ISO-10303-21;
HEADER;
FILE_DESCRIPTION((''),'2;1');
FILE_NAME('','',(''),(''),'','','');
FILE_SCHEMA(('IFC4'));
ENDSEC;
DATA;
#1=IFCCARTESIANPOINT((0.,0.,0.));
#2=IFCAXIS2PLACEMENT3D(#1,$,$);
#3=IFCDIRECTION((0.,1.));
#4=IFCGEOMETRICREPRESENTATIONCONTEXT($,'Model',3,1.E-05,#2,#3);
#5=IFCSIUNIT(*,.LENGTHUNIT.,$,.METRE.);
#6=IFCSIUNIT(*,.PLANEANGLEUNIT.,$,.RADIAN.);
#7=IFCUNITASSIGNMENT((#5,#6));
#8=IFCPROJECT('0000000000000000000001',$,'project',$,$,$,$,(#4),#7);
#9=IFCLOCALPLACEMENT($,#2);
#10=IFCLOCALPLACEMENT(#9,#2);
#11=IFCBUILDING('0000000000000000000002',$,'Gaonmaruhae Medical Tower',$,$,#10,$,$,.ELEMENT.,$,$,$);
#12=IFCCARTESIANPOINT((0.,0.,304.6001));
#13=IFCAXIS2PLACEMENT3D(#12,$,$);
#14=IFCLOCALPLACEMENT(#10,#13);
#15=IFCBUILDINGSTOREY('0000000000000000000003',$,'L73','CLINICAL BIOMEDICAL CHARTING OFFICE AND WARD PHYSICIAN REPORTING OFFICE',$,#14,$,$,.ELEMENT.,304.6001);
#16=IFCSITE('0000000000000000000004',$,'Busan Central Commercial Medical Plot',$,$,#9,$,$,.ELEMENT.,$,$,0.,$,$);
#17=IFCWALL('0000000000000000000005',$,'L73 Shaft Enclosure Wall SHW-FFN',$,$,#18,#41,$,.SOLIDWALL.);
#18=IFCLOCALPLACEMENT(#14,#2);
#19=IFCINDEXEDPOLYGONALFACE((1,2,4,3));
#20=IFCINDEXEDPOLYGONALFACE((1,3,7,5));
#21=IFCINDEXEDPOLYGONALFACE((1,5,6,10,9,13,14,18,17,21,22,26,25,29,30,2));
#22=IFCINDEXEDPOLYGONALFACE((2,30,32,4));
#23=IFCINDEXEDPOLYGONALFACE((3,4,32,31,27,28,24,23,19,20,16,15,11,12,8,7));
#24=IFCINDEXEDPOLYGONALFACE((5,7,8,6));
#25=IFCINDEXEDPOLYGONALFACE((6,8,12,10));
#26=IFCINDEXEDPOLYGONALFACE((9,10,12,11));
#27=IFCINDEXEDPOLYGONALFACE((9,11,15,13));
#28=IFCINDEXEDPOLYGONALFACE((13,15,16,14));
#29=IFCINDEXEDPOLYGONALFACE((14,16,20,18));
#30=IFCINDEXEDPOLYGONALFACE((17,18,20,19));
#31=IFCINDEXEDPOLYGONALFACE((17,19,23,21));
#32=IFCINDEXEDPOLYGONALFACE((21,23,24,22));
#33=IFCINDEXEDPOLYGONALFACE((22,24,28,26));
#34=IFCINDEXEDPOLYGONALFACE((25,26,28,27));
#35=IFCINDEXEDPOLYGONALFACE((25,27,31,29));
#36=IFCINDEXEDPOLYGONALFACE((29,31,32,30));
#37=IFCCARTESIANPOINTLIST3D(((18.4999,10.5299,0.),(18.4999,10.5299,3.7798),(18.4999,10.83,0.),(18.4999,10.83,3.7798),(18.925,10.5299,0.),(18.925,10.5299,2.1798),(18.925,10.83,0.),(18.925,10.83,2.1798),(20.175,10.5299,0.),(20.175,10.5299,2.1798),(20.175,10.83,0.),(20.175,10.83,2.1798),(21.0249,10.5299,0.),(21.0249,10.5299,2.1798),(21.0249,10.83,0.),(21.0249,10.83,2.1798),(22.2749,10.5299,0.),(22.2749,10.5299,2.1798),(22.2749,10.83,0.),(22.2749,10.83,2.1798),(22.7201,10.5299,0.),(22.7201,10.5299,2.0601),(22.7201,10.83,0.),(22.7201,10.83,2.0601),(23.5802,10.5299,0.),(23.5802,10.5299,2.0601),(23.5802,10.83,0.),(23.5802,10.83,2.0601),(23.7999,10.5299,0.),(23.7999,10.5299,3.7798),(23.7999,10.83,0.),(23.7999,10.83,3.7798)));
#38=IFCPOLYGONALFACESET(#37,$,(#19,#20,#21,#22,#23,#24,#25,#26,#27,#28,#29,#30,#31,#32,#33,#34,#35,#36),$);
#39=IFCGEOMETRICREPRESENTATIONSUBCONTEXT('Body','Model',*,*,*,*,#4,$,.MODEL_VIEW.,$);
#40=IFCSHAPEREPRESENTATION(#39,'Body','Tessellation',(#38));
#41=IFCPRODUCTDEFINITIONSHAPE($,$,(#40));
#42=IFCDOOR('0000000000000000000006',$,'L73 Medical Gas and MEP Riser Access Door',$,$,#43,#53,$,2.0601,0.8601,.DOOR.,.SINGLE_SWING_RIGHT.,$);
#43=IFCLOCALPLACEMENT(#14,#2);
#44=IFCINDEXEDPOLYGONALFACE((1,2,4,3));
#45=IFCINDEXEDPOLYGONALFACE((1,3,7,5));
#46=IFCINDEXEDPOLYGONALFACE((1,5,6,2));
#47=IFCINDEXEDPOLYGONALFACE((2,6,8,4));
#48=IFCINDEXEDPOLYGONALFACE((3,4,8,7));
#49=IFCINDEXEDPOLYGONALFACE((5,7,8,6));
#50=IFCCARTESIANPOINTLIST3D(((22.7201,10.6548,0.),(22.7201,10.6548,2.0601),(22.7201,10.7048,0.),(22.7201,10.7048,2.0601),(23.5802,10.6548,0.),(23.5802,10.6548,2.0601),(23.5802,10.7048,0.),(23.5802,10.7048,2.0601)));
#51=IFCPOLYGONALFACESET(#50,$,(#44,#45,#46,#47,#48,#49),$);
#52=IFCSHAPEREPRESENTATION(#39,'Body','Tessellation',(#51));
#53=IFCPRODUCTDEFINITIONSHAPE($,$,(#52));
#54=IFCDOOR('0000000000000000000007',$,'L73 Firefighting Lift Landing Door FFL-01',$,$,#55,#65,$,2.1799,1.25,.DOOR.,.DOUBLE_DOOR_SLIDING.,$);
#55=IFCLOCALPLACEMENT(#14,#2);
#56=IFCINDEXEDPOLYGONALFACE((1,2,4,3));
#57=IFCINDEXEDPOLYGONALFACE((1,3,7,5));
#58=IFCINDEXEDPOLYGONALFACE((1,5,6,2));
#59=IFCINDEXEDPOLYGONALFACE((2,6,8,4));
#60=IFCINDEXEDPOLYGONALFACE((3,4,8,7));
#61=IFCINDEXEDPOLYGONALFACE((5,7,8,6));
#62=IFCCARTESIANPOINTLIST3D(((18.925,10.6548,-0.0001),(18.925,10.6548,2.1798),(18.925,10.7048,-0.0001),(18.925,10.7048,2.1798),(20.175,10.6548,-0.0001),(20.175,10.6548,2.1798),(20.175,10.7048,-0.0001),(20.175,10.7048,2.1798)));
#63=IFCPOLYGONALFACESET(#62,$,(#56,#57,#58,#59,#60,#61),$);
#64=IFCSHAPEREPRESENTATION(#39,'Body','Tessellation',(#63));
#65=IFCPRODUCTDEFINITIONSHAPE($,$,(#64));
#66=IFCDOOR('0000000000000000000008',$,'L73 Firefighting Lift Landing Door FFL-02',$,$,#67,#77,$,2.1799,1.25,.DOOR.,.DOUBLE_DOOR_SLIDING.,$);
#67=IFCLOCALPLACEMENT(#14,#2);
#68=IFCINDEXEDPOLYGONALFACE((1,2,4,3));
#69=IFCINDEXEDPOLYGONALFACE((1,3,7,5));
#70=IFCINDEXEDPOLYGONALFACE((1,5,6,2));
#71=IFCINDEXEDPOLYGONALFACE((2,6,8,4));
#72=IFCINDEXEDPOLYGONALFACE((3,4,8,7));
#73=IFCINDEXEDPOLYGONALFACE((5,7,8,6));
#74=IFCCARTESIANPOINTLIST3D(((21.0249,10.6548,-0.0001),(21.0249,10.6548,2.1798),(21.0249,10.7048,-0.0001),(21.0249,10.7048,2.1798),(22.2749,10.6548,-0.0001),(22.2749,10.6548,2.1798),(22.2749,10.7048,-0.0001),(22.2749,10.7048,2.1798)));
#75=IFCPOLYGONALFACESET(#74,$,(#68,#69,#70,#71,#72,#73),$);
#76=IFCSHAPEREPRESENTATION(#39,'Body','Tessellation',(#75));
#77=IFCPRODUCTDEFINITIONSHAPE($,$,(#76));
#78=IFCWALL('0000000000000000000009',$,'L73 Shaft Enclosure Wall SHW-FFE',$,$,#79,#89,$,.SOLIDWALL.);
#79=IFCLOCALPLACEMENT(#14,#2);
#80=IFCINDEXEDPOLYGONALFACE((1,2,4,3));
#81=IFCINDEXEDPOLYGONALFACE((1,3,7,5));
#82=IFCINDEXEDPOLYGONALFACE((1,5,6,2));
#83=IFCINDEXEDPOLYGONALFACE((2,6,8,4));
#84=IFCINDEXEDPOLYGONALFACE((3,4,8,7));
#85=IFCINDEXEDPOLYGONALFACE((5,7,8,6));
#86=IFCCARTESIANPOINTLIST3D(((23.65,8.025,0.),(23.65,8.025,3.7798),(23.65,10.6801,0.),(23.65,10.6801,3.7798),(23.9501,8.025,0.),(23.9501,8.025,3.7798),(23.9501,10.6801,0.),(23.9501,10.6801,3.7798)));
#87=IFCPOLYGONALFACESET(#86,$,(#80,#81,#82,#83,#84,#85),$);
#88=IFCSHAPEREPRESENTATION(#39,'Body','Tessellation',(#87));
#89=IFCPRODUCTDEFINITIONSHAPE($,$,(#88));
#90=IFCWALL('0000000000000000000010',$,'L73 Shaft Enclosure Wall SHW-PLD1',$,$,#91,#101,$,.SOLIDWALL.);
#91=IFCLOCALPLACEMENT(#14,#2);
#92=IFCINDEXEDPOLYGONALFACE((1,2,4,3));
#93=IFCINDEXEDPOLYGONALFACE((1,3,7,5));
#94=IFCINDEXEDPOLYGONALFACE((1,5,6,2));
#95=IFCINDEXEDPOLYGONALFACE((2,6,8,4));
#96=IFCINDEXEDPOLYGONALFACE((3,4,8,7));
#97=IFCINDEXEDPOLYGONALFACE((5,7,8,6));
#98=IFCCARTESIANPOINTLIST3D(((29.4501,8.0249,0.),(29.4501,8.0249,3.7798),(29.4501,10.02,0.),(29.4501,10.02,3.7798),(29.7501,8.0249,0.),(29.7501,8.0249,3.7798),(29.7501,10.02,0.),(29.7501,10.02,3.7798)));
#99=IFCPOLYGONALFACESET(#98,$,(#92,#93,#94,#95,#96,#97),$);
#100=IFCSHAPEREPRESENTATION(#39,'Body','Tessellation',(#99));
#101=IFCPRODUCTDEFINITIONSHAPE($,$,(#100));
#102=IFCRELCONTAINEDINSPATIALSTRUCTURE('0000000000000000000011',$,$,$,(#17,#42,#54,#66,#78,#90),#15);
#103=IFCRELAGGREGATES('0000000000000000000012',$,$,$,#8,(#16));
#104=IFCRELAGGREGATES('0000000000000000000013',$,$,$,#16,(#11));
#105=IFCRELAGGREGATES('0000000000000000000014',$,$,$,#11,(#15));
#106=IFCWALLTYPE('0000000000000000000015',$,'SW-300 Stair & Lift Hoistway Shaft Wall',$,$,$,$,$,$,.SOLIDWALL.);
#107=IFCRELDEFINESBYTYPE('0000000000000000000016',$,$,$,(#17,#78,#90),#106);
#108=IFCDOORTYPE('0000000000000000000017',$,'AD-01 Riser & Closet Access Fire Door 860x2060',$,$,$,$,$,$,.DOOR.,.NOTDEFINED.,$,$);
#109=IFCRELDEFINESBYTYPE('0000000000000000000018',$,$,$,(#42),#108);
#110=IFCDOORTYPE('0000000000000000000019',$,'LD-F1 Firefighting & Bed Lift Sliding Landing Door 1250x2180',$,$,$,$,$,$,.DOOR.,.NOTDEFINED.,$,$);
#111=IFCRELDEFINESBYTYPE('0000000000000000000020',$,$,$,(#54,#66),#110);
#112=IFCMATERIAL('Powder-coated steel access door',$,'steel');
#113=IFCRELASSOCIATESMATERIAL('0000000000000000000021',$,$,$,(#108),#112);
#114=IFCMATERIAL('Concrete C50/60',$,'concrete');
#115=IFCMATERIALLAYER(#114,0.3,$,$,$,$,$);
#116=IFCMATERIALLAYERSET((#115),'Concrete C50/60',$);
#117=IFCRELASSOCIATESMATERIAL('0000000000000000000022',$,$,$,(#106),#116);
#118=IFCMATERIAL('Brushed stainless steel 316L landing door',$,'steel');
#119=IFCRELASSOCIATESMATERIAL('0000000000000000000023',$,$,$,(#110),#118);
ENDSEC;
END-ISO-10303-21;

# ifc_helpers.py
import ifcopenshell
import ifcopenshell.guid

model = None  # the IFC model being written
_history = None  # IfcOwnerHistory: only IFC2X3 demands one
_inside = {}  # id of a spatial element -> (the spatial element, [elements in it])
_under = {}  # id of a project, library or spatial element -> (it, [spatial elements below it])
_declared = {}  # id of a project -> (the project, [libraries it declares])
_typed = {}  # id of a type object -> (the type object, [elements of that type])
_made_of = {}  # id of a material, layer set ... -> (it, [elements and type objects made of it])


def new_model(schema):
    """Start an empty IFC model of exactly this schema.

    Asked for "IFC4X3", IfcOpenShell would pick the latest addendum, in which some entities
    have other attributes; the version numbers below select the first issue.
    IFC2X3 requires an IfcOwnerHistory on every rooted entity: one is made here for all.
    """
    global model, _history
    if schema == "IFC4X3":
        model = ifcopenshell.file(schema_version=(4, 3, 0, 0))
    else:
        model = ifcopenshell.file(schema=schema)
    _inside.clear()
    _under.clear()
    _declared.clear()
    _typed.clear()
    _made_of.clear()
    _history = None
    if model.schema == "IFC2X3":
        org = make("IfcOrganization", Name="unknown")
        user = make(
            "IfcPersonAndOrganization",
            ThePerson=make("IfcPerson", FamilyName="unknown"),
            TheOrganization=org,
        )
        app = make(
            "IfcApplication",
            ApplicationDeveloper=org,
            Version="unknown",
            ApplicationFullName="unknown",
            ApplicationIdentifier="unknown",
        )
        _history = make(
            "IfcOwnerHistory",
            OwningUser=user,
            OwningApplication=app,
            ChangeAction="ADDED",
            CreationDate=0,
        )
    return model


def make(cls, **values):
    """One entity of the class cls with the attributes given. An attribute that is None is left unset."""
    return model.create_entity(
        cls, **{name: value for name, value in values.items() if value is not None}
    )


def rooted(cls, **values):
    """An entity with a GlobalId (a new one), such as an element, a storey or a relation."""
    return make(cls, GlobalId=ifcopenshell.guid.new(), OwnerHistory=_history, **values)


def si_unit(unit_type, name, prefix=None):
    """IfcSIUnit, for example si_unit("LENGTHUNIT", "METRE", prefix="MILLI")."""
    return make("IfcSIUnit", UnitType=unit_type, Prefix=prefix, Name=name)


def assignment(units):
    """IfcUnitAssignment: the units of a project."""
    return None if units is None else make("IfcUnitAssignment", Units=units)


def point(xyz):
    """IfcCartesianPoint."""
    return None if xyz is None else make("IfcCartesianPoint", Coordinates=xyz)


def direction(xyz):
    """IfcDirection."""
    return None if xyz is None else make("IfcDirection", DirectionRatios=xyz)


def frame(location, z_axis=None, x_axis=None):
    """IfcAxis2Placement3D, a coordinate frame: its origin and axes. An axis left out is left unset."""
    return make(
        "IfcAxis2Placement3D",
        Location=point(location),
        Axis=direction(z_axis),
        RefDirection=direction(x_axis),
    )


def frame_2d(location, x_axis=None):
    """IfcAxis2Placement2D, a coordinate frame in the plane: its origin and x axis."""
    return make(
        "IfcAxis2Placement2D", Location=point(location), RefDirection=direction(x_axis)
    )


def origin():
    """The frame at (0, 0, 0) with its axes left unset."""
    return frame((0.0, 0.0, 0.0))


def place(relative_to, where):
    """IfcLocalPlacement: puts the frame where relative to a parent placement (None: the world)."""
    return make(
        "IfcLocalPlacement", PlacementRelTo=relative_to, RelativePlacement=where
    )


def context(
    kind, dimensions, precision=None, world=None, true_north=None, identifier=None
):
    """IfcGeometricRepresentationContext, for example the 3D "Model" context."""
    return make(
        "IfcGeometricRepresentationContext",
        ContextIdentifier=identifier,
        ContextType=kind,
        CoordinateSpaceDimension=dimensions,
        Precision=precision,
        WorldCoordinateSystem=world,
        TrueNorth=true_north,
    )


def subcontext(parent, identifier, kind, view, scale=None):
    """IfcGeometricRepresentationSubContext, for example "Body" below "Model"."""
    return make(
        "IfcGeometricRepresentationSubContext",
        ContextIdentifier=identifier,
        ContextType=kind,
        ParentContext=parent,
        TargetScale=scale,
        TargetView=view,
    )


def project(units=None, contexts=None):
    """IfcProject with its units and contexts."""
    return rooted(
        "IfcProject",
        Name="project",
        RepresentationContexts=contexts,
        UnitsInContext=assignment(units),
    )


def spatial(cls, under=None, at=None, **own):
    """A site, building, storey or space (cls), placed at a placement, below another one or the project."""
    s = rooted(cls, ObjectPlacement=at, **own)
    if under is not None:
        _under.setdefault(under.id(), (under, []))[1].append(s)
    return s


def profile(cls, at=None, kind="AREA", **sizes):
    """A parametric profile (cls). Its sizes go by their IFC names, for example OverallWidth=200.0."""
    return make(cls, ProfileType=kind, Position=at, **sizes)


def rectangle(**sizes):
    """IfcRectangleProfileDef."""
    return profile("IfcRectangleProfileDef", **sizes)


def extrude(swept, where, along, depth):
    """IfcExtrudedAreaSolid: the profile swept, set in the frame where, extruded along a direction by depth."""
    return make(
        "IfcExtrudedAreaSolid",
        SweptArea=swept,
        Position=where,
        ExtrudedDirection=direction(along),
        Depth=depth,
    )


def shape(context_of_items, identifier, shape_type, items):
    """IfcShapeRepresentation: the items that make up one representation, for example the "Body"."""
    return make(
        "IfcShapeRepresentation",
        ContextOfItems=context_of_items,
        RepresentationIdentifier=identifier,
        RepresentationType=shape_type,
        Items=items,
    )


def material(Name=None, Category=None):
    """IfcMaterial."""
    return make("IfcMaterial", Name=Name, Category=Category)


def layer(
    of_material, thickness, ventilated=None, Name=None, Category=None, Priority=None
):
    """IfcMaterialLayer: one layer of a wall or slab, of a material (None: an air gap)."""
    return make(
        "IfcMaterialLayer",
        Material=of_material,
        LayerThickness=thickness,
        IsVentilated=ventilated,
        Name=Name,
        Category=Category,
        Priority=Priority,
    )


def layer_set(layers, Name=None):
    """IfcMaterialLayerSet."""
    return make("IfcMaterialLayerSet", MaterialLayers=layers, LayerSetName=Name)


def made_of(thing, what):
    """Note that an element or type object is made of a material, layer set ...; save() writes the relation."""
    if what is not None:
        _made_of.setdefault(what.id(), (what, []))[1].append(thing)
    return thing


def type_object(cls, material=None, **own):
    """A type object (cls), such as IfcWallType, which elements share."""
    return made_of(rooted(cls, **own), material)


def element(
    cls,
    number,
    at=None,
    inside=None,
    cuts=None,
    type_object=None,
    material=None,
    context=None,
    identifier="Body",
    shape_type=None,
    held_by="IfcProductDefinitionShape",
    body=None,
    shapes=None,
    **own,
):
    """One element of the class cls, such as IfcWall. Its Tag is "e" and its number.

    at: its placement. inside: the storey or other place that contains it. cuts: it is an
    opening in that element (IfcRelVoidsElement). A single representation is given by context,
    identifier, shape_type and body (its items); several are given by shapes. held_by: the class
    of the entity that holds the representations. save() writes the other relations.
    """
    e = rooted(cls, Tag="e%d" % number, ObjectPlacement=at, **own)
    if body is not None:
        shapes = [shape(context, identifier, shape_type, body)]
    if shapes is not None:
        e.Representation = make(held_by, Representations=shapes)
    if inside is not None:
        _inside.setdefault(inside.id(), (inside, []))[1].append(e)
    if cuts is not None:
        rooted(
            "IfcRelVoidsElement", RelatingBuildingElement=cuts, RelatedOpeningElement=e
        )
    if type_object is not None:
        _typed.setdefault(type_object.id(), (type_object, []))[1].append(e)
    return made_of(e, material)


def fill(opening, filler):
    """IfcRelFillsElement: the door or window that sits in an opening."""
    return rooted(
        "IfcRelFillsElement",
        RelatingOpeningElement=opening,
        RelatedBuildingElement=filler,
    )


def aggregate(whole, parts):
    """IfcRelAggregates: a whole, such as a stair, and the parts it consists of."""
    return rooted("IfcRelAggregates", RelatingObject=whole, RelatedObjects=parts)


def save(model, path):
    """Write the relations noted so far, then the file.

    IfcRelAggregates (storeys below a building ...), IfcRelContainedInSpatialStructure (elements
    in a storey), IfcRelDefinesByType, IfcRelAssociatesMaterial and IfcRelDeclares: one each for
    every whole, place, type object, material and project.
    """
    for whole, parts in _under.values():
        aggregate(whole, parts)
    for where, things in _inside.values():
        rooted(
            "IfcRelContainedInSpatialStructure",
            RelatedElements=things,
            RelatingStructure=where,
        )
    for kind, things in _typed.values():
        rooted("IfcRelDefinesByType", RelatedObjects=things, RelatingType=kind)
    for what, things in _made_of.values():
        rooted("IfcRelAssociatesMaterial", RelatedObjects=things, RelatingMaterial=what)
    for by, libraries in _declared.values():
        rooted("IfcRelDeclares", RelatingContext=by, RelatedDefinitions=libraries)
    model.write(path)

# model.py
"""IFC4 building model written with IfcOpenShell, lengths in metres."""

from ifc_helpers import new_model, si_unit, direction, frame, frame_2d, origin, place, context, subcontext, project, spatial, rectangle, extrude, material, layer, layer_set, type_object, element, fill, save


model = new_model("IFC4")

# Units and contexts
model_context = context("Model", 3, precision=1e-05, world=origin(), true_north=direction((0.0, 1.0)))
body_context = subcontext(model_context, "Body", "Model", "MODEL_VIEW")
ifc_project = project(units=[si_unit("LENGTHUNIT", "METRE"), si_unit("PLANEANGLEUNIT", "RADIAN")], contexts=[model_context])

# Site, building, storey
site_placement = place(None, origin())
site = spatial("IfcSite", under=ifc_project, at=site_placement, Name="Busan Central Commercial Medical Plot", CompositionType="ELEMENT", RefElevation=0.0)
building_placement = place(site_placement, origin())
building = spatial("IfcBuilding", under=site, at=building_placement, Name="Gaonmaruhae Medical Tower", CompositionType="ELEMENT")
storey_placement = place(building_placement, frame((0.0, 0.0, 304.6001)))
storey = spatial("IfcBuildingStorey", under=building, at=storey_placement, Name="L73", Description="CLINICAL BIOMEDICAL CHARTING OFFICE AND WARD PHYSICIAN REPORTING OFFICE", CompositionType="ELEMENT", Elevation=304.6001)

# Shared definitions
ifc_material_1 = material(Name="Concrete C50/60", Category="concrete")

# Shared definitions
ifc_material_2 = material(Name="Powder-coated steel access door", Category="steel")
door_type_1 = type_object("IfcDoorType", Name="AD-01 Riser & Closet Access Fire Door 860x2060", OperationType="NOTDEFINED", PredefinedType="DOOR", material=ifc_material_2)

# Wall, openings, doors
ifc_layer_1 = layer(ifc_material_1, 0.3)
ifc_layer_set_1 = layer_set([ifc_layer_1], Name="Concrete C50/60")
wall_type_1 = type_object("IfcWallType", Name="SW-300 Stair & Lift Hoistway Shaft Wall", PredefinedType="SOLIDWALL", material=ifc_layer_set_1)
wall_1_placement = place(storey_placement, frame((18.5, 10.6799, 0.0), z_axis=(0.0, 0.0, 1.0), x_axis=(1.0, 0.0, 0.0)))
wall_1 = element("IfcWall", 1, at=wall_1_placement, inside=storey, type_object=wall_type_1, Name="L73 Shaft Enclosure Wall SHW-FFN", PredefinedType="SOLIDWALL", context=body_context, shape_type="SweptSolid", body=[
    extrude(rectangle(XDim=5.3, YDim=0.3, at=frame_2d((2.6499, 0.0))), origin(), (0.0, 0.0, 1.0), 3.7798),
])
opening_1_placement = place(wall_1_placement, frame((4.22, 0.0, 0.0)))
opening_1 = element("IfcOpeningElement", 2, at=opening_1_placement, cuts=wall_1, PredefinedType="OPENING", context=body_context, shape_type="SweptSolid", body=[
    extrude(rectangle(XDim=0.8601, YDim=2.0601, at=frame_2d((0.4302, 1.03))), frame((0.0, 0.1602, 0.0), z_axis=(0.0, -1.0, 0.0), x_axis=(1.0, 0.0, 0.0)), (0.0, 0.0, 1.0), 0.3201),
])
opening_2_placement = place(wall_1_placement, frame((0.425, 0.0, 0.0)))
opening_2 = element("IfcOpeningElement", 3, at=opening_2_placement, cuts=wall_1, PredefinedType="OPENING", context=body_context, shape_type="SweptSolid", body=[
    extrude(rectangle(XDim=1.25, YDim=2.1799, at=frame_2d((0.625, 1.0898))), frame((0.0, 0.1602, 0.0), z_axis=(0.0, -1.0, 0.0), x_axis=(1.0, 0.0, 0.0)), (0.0, 0.0, 1.0), 0.3201),
])
opening_3_placement = place(wall_1_placement, frame((2.5249, 0.0, 0.0)))
opening_3 = element("IfcOpeningElement", 4, at=opening_3_placement, cuts=wall_1, PredefinedType="OPENING", context=body_context, shape_type="SweptSolid", body=[
    extrude(rectangle(XDim=1.25, YDim=2.1799, at=frame_2d((0.625, 1.0898))), frame((0.0, 0.1602, 0.0), z_axis=(0.0, -1.0, 0.0), x_axis=(1.0, 0.0, 0.0)), (0.0, 0.0, 1.0), 0.3201),
])
door_1_placement = place(opening_1_placement, origin())
door_1 = element("IfcDoor", 5, at=door_1_placement, inside=storey, type_object=door_type_1, Name="L73 Medical Gas and MEP Riser Access Door", OperationType="SINGLE_SWING_RIGHT", OverallHeight=2.0601, OverallWidth=0.8601, PredefinedType="DOOR", context=body_context, shape_type="SweptSolid", body=[
    extrude(rectangle(XDim=0.8601, YDim=2.0601, at=frame_2d((0.4302, 1.03))), frame((0.0, 0.0249, 0.0), z_axis=(0.0, -1.0, 0.0), x_axis=(1.0, 0.0, 0.0)), (0.0, 0.0, 1.0), 0.05),
])
fill(opening_1, door_1)
ifc_material_3 = material(Name="Brushed stainless steel 316L landing door", Category="steel")
door_type_2 = type_object("IfcDoorType", Name="LD-F1 Firefighting & Bed Lift Sliding Landing Door 1250x2180", OperationType="NOTDEFINED", PredefinedType="DOOR", material=ifc_material_3)
door_2_placement = place(opening_2_placement, origin())
door_2 = element("IfcDoor", 6, at=door_2_placement, inside=storey, type_object=door_type_2, Name="L73 Firefighting Lift Landing Door FFL-01", OperationType="DOUBLE_DOOR_SLIDING", OverallHeight=2.1799, OverallWidth=1.25, PredefinedType="DOOR", context=body_context, shape_type="SweptSolid", body=[
    extrude(rectangle(XDim=1.25, YDim=2.1799, at=frame_2d((0.625, 1.0898))), frame((0.0, 0.0249, 0.0), z_axis=(0.0, -1.0, 0.0), x_axis=(1.0, 0.0, 0.0)), (0.0, 0.0, 1.0), 0.05),
])
fill(opening_2, door_2)
door_3_placement = place(opening_3_placement, origin())
door_3 = element("IfcDoor", 7, at=door_3_placement, inside=storey, type_object=door_type_2, Name="L73 Firefighting Lift Landing Door FFL-02", OperationType="DOUBLE_DOOR_SLIDING", OverallHeight=2.1799, OverallWidth=1.25, PredefinedType="DOOR", context=body_context, shape_type="SweptSolid", body=[
    extrude(rectangle(XDim=1.25, YDim=2.1799, at=frame_2d((0.625, 1.0898))), frame((0.0, 0.0249, 0.0), z_axis=(0.0, -1.0, 0.0), x_axis=(1.0, 0.0, 0.0)), (0.0, 0.0, 1.0), 0.05),
])
fill(opening_3, door_3)

# Wall
wall_2_placement = place(storey_placement, frame((23.8, 8.0249, 0.0), z_axis=(0.0, 0.0, 1.0), x_axis=(0.0, 1.0, 0.0)))
element("IfcWall", 8, at=wall_2_placement, inside=storey, type_object=wall_type_1, Name="L73 Shaft Enclosure Wall SHW-FFE", PredefinedType="SOLIDWALL", context=body_context, shape_type="SweptSolid", body=[
    extrude(rectangle(XDim=2.655, YDim=0.3, at=frame_2d((1.3276, 0.0))), origin(), (0.0, 0.0, 1.0), 3.7798),
])

# Wall
wall_3_placement = place(storey_placement, frame((29.6001, 8.0249, 0.0), z_axis=(0.0, 0.0, 1.0), x_axis=(0.0, 1.0, 0.0)))
element("IfcWall", 9, at=wall_3_placement, inside=storey, type_object=wall_type_1, Name="L73 Shaft Enclosure Wall SHW-PLD1", PredefinedType="SOLIDWALL", context=body_context, shape_type="SweptSolid", body=[
    extrude(rectangle(XDim=1.9951, YDim=0.3, at=frame_2d((0.9976, 0.0))), origin(), (0.0, 0.0, 1.0), 3.7798),
])

save(model, "model.ifc")
